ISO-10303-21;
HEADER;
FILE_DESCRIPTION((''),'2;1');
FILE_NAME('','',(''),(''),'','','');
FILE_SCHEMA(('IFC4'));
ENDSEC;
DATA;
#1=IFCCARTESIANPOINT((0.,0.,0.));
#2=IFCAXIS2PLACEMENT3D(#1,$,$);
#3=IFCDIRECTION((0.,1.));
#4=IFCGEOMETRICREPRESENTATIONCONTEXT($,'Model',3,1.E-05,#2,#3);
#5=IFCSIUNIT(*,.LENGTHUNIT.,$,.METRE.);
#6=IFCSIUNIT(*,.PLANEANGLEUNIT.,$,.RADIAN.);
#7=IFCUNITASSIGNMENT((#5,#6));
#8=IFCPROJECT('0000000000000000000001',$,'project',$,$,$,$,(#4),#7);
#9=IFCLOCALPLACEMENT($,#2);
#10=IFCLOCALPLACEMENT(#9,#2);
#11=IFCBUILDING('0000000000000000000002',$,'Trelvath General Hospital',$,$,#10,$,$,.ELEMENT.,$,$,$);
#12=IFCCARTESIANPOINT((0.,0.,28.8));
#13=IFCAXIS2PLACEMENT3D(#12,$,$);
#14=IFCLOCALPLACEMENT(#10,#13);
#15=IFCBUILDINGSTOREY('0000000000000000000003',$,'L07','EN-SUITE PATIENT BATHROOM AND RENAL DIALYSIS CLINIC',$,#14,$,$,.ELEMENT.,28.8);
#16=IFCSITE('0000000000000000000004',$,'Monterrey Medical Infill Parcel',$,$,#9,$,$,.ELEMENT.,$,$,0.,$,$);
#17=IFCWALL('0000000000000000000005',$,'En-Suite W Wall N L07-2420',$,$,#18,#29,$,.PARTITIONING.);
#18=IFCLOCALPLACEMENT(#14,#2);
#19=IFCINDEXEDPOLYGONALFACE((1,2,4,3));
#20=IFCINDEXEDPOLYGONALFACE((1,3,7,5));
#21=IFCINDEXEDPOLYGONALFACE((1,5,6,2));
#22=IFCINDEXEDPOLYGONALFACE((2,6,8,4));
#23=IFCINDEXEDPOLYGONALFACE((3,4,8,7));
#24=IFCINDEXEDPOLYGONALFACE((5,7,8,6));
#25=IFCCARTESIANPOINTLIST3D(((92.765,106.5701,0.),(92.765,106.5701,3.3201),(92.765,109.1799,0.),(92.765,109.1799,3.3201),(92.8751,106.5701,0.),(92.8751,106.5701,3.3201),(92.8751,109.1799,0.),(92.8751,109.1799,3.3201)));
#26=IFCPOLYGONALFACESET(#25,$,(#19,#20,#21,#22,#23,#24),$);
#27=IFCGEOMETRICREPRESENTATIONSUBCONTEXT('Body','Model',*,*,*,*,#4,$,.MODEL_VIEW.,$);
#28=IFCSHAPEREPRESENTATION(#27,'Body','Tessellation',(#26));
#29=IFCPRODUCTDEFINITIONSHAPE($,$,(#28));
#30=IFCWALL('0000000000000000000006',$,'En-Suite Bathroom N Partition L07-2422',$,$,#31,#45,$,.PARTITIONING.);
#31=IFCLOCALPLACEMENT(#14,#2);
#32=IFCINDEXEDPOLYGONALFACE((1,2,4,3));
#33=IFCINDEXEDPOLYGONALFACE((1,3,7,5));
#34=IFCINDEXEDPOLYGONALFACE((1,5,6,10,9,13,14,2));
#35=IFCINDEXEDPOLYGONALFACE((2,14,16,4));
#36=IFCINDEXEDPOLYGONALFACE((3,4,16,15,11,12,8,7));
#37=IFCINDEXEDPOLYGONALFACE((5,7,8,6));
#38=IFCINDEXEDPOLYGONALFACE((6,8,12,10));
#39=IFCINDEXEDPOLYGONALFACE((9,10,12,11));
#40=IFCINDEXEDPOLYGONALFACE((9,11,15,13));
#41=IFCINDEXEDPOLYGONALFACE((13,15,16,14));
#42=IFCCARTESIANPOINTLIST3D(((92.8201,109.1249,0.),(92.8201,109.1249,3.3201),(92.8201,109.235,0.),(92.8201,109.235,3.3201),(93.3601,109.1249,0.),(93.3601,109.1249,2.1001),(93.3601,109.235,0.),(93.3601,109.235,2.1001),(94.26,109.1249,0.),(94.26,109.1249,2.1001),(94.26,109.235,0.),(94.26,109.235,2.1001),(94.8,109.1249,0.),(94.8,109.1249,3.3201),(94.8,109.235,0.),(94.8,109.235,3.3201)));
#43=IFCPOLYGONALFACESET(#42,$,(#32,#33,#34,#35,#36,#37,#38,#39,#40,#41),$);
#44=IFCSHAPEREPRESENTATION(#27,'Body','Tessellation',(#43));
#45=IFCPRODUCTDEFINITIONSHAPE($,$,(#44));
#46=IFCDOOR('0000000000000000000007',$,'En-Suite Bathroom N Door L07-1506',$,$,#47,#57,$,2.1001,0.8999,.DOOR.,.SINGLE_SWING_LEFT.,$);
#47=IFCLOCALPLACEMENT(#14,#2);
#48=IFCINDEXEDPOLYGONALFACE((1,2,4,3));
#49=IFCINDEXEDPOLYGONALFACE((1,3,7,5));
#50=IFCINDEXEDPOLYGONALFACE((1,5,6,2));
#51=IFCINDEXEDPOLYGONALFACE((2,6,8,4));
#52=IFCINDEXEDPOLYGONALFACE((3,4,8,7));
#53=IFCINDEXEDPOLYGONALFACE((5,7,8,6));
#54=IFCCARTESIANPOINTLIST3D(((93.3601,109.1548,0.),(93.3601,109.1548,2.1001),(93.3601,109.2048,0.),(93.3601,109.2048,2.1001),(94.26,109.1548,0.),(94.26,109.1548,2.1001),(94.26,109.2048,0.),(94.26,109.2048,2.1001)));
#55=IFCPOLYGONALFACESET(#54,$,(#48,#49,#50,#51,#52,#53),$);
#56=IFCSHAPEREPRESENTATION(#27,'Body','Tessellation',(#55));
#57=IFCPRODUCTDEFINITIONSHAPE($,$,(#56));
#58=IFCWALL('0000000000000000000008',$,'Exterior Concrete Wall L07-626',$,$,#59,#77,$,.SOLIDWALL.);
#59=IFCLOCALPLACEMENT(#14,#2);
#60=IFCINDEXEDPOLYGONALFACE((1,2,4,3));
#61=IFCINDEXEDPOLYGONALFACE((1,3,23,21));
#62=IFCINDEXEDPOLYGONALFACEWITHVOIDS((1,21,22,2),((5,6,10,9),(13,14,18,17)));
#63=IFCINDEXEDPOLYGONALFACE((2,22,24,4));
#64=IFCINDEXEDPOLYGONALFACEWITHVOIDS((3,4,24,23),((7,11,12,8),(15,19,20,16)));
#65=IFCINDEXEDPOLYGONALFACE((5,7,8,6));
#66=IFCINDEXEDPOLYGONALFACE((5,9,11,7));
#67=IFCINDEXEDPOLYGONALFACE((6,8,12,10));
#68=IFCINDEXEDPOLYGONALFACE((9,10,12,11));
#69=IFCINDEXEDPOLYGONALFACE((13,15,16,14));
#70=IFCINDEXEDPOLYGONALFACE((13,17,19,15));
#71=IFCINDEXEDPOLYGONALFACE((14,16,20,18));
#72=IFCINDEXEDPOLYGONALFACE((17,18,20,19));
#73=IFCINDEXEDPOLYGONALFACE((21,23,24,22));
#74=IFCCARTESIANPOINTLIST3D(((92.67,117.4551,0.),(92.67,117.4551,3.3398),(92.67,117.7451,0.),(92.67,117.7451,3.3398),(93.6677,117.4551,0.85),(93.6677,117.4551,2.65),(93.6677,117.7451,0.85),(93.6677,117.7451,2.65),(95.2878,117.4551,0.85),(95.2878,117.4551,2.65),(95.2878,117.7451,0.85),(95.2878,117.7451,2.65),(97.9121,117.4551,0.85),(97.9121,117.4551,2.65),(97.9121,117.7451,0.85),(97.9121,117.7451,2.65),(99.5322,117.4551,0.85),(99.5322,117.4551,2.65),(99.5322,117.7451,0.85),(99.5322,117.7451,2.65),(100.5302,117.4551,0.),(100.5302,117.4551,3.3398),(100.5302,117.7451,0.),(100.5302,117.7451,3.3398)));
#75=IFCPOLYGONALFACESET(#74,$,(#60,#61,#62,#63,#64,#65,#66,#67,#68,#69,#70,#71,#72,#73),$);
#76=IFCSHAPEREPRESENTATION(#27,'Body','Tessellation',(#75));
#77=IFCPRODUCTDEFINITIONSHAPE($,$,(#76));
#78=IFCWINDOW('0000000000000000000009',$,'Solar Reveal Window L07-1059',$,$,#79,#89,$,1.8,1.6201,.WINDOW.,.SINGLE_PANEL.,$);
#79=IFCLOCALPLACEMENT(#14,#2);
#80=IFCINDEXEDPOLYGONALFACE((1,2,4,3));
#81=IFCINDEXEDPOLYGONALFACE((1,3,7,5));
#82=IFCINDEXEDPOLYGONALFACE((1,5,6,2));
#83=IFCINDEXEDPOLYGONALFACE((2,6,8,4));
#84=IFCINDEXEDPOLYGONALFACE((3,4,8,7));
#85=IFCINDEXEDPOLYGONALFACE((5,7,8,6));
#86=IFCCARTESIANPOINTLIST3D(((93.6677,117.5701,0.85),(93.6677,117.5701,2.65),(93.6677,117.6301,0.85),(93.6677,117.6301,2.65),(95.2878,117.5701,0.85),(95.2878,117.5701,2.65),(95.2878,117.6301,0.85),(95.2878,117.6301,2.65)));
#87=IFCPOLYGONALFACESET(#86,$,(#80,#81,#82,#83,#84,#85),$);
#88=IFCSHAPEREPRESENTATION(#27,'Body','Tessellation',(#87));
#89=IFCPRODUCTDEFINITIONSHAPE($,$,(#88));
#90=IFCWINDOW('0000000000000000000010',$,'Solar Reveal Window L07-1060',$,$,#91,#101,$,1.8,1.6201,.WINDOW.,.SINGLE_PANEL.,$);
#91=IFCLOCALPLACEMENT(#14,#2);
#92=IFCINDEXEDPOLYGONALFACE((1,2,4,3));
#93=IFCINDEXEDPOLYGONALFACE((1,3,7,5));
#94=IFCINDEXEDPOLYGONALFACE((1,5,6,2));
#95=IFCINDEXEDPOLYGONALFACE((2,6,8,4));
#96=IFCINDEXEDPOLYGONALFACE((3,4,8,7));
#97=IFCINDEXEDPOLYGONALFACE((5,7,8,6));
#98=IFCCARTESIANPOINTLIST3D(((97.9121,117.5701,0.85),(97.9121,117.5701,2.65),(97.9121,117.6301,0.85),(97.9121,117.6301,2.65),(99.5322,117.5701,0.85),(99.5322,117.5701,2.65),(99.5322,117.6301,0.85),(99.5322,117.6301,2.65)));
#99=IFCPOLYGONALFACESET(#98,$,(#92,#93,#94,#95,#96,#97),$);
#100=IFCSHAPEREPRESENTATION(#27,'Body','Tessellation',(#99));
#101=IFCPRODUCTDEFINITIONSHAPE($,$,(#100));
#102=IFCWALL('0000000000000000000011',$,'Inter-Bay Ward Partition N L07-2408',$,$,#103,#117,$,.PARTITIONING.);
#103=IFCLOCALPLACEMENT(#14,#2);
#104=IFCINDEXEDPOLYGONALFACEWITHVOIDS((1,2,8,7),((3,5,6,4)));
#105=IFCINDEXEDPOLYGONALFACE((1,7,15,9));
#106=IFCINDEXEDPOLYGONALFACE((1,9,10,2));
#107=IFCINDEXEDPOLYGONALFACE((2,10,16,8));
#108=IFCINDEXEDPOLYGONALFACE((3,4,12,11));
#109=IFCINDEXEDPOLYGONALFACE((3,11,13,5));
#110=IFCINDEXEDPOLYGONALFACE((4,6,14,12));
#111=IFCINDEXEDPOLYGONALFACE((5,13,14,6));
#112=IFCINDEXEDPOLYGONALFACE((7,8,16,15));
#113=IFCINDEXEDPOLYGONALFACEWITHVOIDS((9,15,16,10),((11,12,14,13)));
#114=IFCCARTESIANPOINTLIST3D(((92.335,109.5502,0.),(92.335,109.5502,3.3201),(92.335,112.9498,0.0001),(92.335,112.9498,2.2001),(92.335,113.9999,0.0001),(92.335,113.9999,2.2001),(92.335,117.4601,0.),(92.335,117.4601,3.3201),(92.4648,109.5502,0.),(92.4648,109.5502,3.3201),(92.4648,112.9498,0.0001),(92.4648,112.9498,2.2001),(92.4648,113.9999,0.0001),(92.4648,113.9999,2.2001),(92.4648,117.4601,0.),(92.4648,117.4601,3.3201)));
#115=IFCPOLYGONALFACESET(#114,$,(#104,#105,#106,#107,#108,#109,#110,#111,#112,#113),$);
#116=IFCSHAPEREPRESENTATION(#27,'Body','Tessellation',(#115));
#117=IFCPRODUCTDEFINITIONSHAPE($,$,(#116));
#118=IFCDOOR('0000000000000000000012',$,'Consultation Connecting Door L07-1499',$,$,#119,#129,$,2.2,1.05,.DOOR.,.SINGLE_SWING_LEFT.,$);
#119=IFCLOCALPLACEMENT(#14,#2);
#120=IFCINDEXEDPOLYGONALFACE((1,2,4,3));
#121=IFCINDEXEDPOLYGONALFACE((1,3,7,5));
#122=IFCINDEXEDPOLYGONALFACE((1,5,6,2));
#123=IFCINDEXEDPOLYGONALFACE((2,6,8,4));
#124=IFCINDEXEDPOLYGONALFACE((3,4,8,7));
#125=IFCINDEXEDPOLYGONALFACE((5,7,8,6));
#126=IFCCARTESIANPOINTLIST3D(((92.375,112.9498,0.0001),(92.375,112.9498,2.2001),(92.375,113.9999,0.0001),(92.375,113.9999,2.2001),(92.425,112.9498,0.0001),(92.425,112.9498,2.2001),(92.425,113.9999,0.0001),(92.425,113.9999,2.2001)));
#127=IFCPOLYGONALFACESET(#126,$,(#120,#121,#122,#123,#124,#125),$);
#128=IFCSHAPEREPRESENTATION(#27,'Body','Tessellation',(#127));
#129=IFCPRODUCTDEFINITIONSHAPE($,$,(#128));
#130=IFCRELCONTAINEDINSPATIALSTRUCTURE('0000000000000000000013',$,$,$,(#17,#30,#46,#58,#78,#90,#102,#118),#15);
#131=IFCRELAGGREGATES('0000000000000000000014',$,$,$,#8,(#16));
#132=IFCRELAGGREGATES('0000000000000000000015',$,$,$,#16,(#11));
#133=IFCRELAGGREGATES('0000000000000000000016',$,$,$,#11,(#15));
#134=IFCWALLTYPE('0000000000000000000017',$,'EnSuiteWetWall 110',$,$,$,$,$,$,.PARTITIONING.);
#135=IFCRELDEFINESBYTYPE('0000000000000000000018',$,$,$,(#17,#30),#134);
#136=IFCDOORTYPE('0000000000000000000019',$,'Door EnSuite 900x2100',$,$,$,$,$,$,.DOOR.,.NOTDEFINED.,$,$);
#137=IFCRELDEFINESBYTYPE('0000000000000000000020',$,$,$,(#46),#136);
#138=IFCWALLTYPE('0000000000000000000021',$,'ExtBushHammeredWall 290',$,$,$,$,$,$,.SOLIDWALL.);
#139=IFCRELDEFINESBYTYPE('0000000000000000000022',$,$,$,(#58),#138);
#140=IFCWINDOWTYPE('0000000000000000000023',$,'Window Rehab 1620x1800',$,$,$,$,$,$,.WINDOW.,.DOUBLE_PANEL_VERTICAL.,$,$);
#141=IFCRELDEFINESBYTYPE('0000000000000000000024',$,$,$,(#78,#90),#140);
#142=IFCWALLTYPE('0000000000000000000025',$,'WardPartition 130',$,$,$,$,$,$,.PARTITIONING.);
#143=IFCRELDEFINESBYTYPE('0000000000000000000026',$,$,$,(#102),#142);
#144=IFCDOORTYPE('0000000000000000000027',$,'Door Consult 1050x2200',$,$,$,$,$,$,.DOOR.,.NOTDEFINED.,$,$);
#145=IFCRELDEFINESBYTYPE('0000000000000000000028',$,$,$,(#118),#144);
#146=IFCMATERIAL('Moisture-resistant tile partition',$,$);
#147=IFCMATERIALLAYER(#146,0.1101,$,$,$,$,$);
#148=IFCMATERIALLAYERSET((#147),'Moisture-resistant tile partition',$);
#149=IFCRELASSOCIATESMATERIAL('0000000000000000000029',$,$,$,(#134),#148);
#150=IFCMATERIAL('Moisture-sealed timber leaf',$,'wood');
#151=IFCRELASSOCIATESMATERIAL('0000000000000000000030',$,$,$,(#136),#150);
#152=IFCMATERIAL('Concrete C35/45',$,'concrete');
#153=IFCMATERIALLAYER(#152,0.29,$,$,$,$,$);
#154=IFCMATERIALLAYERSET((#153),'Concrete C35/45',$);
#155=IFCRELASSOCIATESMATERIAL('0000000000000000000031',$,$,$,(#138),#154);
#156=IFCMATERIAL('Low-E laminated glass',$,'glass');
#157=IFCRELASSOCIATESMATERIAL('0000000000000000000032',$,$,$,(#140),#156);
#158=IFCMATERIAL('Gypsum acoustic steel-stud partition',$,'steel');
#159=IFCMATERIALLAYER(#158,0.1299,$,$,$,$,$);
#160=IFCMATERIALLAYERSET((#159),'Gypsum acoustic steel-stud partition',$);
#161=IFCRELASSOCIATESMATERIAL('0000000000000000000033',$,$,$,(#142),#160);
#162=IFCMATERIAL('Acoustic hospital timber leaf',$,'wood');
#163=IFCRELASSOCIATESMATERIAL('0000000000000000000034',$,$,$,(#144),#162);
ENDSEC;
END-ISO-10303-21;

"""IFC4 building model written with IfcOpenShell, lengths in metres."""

from ifc_helpers import new_model, si_unit, direction, frame, frame_2d, origin, place, context, subcontext, project, spatial, rectangle, extrude, material, layer, layer_set, type_object, element, fill, save


model = new_model("IFC4")

# Units and contexts
model_context = context("Model", 3, precision=1e-05, world=origin(), true_north=direction((0.0, 1.0)))
body_context = subcontext(model_context, "Body", "Model", "MODEL_VIEW")
ifc_project = project(units=[si_unit("LENGTHUNIT", "METRE"), si_unit("PLANEANGLEUNIT", "RADIAN")], contexts=[model_context])

# Site, building, storey
site_placement = place(None, origin())
site = spatial("IfcSite", under=ifc_project, at=site_placement, Name="Monterrey Medical Infill Parcel", CompositionType="ELEMENT", RefElevation=0.0)
building_placement = place(site_placement, origin())
building = spatial("IfcBuilding", under=site, at=building_placement, Name="Trelvath General Hospital", CompositionType="ELEMENT")
storey_placement = place(building_placement, frame((0.0, 0.0, 28.8)))
storey = spatial("IfcBuildingStorey", under=building, at=storey_placement, Name="L07", Description="EN-SUITE PATIENT BATHROOM AND RENAL DIALYSIS CLINIC", CompositionType="ELEMENT", Elevation=28.8)

# Wall
ifc_material_1 = material(Name="Moisture-resistant tile partition")
ifc_layer_1 = layer(ifc_material_1, 0.1101)
ifc_layer_set_1 = layer_set([ifc_layer_1], Name="Moisture-resistant tile partition")
wall_type_1 = type_object("IfcWallType", Name="EnSuiteWetWall 110", PredefinedType="PARTITIONING", material=ifc_layer_set_1)
wall_1_placement = place(storey_placement, frame((92.8201, 106.5701, 0.0), z_axis=(0.0, 0.0, 1.0), x_axis=(0.0, 1.0, 0.0)))
element("IfcWall", 1, at=wall_1_placement, inside=storey, type_object=wall_type_1, Name="En-Suite W Wall N L07-2420", PredefinedType="PARTITIONING", context=body_context, shape_type="SweptSolid", body=[
    extrude(rectangle(XDim=2.6099, YDim=0.1101, at=frame_2d((1.3049, 0.0))), origin(), (0.0, 0.0, 1.0), 3.3201),
])

# Wall, opening, door
wall_2_placement = place(storey_placement, frame((92.8201, 109.1799, 0.0), z_axis=(0.0, 0.0, 1.0), x_axis=(1.0, 0.0, 0.0)))
wall_2 = element("IfcWall", 2, at=wall_2_placement, inside=storey, type_object=wall_type_1, Name="En-Suite Bathroom N Partition L07-2422", PredefinedType="PARTITIONING", context=body_context, shape_type="SweptSolid", body=[
    extrude(rectangle(XDim=1.98, YDim=0.1101, at=frame_2d((0.99, 0.0))), origin(), (0.0, 0.0, 1.0), 3.3201),
])
opening_1_placement = place(wall_2_placement, frame((0.54, 0.0, 0.0)))
opening_1 = element("IfcOpeningElement", 3, at=opening_1_placement, cuts=wall_2, PredefinedType="OPENING", context=body_context, shape_type="SweptSolid", body=[
    extrude(rectangle(XDim=0.8999, YDim=2.1001, at=frame_2d((0.45, 1.05))), frame((0.0, 0.0649, 0.0), z_axis=(0.0, -1.0, 0.0), x_axis=(1.0, 0.0, 0.0)), (0.0, 0.0, 1.0), 0.1301),
])
ifc_material_2 = material(Name="Moisture-sealed timber leaf", Category="wood")
door_type_1 = type_object("IfcDoorType", Name="Door EnSuite 900x2100", OperationType="NOTDEFINED", PredefinedType="DOOR", material=ifc_material_2)
door_1_placement = place(opening_1_placement, origin())
door_1 = element("IfcDoor", 4, at=door_1_placement, inside=storey, type_object=door_type_1, Name="En-Suite Bathroom N Door L07-1506", OperationType="SINGLE_SWING_LEFT", OverallHeight=2.1001, OverallWidth=0.8999, PredefinedType="DOOR", context=body_context, shape_type="SweptSolid", body=[
    extrude(rectangle(XDim=0.8999, YDim=2.1001, at=frame_2d((0.45, 1.05))), frame((0.0, 0.0249, 0.0), z_axis=(0.0, -1.0, 0.0), x_axis=(1.0, 0.0, 0.0)), (0.0, 0.0, 1.0), 0.05),
])
fill(opening_1, door_1)

# Wall, openings, windows
ifc_material_3 = material(Name="Concrete C35/45", Category="concrete")
ifc_layer_2 = layer(ifc_material_3, 0.29)
ifc_layer_set_2 = layer_set([ifc_layer_2], Name="Concrete C35/45")
wall_type_2 = type_object("IfcWallType", Name="ExtBushHammeredWall 290", PredefinedType="SOLIDWALL", material=ifc_layer_set_2)
wall_3_placement = place(storey_placement, frame((92.6699, 117.6001, 0.0), z_axis=(0.0, 0.0, 1.0), x_axis=(1.0, 0.0, 0.0)))
wall_3 = element("IfcWall", 5, at=wall_3_placement, inside=storey, type_object=wall_type_2, Name="Exterior Concrete Wall L07-626", PredefinedType="SOLIDWALL", context=body_context, shape_type="SweptSolid", body=[
    extrude(rectangle(XDim=7.8601, YDim=0.29, at=frame_2d((3.9302, 0.0))), origin(), (0.0, 0.0, 1.0), 3.3398),
])
opening_2_placement = place(wall_3_placement, frame((0.9978, 0.0, 0.8501)))
opening_2 = element("IfcOpeningElement", 6, at=opening_2_placement, cuts=wall_3, PredefinedType="OPENING", context=body_context, shape_type="SweptSolid", body=[
    extrude(rectangle(XDim=1.6201, YDim=1.8, at=frame_2d((0.8101, 0.8999))), frame((0.0, 0.155, 0.0), z_axis=(0.0, -1.0, 0.0), x_axis=(1.0, 0.0, 0.0)), (0.0, 0.0, 1.0), 0.3101),
])
opening_3_placement = place(wall_3_placement, frame((5.2422, 0.0, 0.8501)))
opening_3 = element("IfcOpeningElement", 7, at=opening_3_placement, cuts=wall_3, PredefinedType="OPENING", context=body_context, shape_type="SweptSolid", body=[
    extrude(rectangle(XDim=1.6201, YDim=1.8, at=frame_2d((0.8101, 0.8999))), frame((0.0, 0.155, 0.0), z_axis=(0.0, -1.0, 0.0), x_axis=(1.0, 0.0, 0.0)), (0.0, 0.0, 1.0), 0.3101),
])
ifc_material_4 = material(Name="Low-E laminated glass", Category="glass")
window_type = type_object("IfcWindowType", Name="Window Rehab 1620x1800", PartitioningType="DOUBLE_PANEL_VERTICAL", PredefinedType="WINDOW", material=ifc_material_4)
window_1_placement = place(opening_2_placement, origin())
window_1 = element("IfcWindow", 8, at=window_1_placement, inside=storey, type_object=window_type, Name="Solar Reveal Window L07-1059", OverallHeight=1.8, OverallWidth=1.6201, PartitioningType="SINGLE_PANEL", PredefinedType="WINDOW", context=body_context, shape_type="SweptSolid", body=[
    extrude(rectangle(XDim=1.6201, YDim=1.8, at=frame_2d((0.8101, 0.8999))), frame((0.0, 0.03, 0.0), z_axis=(0.0, -1.0, 0.0), x_axis=(1.0, 0.0, 0.0)), (0.0, 0.0, 1.0), 0.0601),
])
fill(opening_2, window_1)
window_2_placement = place(opening_3_placement, origin())
window_2 = element("IfcWindow", 9, at=window_2_placement, inside=storey, type_object=window_type, Name="Solar Reveal Window L07-1060", OverallHeight=1.8, OverallWidth=1.6201, PartitioningType="SINGLE_PANEL", PredefinedType="WINDOW", context=body_context, shape_type="SweptSolid", body=[
    extrude(rectangle(XDim=1.6201, YDim=1.8, at=frame_2d((0.8101, 0.8999))), frame((0.0, 0.03, 0.0), z_axis=(0.0, -1.0, 0.0), x_axis=(1.0, 0.0, 0.0)), (0.0, 0.0, 1.0), 0.0601),
])
fill(opening_3, window_2)

# Wall, opening, door
ifc_material_5 = material(Name="Gypsum acoustic steel-stud partition", Category="steel")
ifc_layer_3 = layer(ifc_material_5, 0.1299)
ifc_layer_set_3 = layer_set([ifc_layer_3], Name="Gypsum acoustic steel-stud partition")
wall_type_3 = type_object("IfcWallType", Name="WardPartition 130", PredefinedType="PARTITIONING", material=ifc_layer_set_3)
wall_4_placement = place(storey_placement, frame((92.3999, 109.55, 0.0), z_axis=(0.0, 0.0, 1.0), x_axis=(0.0, 1.0, 0.0)))
wall_4 = element("IfcWall", 10, at=wall_4_placement, inside=storey, type_object=wall_type_3, Name="Inter-Bay Ward Partition N L07-2408", PredefinedType="PARTITIONING", context=body_context, shape_type="SweptSolid", body=[
    extrude(rectangle(XDim=7.9099, YDim=0.1299, at=frame_2d((3.9551, 0.0))), origin(), (0.0, 0.0, 1.0), 3.3201),
])
opening_4_placement = place(wall_4_placement, frame((3.3999, 0.0, 0.0)))
opening_4 = element("IfcOpeningElement", 11, at=opening_4_placement, cuts=wall_4, PredefinedType="OPENING", context=body_context, shape_type="SweptSolid", body=[
    extrude(rectangle(XDim=1.05, YDim=2.2, at=frame_2d((0.5249, 1.1001))), frame((0.0, 0.075, 0.0), z_axis=(0.0, -1.0, 0.0), x_axis=(1.0, 0.0, 0.0)), (0.0, 0.0, 1.0), 0.1499),
])
ifc_material_6 = material(Name="Acoustic hospital timber leaf", Category="wood")
door_type_2 = type_object("IfcDoorType", Name="Door Consult 1050x2200", OperationType="NOTDEFINED", PredefinedType="DOOR", material=ifc_material_6)
door_2_placement = place(opening_4_placement, origin())
door_2 = element("IfcDoor", 12, at=door_2_placement, inside=storey, type_object=door_type_2, Name="Consultation Connecting Door L07-1499", OperationType="SINGLE_SWING_LEFT", OverallHeight=2.2, OverallWidth=1.05, PredefinedType="DOOR", context=body_context, shape_type="SweptSolid", body=[
    extrude(rectangle(XDim=1.05, YDim=2.2, at=frame_2d((0.5249, 1.1001))), frame((0.0, 0.0249, 0.0), z_axis=(0.0, -1.0, 0.0), x_axis=(1.0, 0.0, 0.0)), (0.0, 0.0, 1.0), 0.05),
])
fill(opening_4, door_2)

save(model, "model.ifc")
